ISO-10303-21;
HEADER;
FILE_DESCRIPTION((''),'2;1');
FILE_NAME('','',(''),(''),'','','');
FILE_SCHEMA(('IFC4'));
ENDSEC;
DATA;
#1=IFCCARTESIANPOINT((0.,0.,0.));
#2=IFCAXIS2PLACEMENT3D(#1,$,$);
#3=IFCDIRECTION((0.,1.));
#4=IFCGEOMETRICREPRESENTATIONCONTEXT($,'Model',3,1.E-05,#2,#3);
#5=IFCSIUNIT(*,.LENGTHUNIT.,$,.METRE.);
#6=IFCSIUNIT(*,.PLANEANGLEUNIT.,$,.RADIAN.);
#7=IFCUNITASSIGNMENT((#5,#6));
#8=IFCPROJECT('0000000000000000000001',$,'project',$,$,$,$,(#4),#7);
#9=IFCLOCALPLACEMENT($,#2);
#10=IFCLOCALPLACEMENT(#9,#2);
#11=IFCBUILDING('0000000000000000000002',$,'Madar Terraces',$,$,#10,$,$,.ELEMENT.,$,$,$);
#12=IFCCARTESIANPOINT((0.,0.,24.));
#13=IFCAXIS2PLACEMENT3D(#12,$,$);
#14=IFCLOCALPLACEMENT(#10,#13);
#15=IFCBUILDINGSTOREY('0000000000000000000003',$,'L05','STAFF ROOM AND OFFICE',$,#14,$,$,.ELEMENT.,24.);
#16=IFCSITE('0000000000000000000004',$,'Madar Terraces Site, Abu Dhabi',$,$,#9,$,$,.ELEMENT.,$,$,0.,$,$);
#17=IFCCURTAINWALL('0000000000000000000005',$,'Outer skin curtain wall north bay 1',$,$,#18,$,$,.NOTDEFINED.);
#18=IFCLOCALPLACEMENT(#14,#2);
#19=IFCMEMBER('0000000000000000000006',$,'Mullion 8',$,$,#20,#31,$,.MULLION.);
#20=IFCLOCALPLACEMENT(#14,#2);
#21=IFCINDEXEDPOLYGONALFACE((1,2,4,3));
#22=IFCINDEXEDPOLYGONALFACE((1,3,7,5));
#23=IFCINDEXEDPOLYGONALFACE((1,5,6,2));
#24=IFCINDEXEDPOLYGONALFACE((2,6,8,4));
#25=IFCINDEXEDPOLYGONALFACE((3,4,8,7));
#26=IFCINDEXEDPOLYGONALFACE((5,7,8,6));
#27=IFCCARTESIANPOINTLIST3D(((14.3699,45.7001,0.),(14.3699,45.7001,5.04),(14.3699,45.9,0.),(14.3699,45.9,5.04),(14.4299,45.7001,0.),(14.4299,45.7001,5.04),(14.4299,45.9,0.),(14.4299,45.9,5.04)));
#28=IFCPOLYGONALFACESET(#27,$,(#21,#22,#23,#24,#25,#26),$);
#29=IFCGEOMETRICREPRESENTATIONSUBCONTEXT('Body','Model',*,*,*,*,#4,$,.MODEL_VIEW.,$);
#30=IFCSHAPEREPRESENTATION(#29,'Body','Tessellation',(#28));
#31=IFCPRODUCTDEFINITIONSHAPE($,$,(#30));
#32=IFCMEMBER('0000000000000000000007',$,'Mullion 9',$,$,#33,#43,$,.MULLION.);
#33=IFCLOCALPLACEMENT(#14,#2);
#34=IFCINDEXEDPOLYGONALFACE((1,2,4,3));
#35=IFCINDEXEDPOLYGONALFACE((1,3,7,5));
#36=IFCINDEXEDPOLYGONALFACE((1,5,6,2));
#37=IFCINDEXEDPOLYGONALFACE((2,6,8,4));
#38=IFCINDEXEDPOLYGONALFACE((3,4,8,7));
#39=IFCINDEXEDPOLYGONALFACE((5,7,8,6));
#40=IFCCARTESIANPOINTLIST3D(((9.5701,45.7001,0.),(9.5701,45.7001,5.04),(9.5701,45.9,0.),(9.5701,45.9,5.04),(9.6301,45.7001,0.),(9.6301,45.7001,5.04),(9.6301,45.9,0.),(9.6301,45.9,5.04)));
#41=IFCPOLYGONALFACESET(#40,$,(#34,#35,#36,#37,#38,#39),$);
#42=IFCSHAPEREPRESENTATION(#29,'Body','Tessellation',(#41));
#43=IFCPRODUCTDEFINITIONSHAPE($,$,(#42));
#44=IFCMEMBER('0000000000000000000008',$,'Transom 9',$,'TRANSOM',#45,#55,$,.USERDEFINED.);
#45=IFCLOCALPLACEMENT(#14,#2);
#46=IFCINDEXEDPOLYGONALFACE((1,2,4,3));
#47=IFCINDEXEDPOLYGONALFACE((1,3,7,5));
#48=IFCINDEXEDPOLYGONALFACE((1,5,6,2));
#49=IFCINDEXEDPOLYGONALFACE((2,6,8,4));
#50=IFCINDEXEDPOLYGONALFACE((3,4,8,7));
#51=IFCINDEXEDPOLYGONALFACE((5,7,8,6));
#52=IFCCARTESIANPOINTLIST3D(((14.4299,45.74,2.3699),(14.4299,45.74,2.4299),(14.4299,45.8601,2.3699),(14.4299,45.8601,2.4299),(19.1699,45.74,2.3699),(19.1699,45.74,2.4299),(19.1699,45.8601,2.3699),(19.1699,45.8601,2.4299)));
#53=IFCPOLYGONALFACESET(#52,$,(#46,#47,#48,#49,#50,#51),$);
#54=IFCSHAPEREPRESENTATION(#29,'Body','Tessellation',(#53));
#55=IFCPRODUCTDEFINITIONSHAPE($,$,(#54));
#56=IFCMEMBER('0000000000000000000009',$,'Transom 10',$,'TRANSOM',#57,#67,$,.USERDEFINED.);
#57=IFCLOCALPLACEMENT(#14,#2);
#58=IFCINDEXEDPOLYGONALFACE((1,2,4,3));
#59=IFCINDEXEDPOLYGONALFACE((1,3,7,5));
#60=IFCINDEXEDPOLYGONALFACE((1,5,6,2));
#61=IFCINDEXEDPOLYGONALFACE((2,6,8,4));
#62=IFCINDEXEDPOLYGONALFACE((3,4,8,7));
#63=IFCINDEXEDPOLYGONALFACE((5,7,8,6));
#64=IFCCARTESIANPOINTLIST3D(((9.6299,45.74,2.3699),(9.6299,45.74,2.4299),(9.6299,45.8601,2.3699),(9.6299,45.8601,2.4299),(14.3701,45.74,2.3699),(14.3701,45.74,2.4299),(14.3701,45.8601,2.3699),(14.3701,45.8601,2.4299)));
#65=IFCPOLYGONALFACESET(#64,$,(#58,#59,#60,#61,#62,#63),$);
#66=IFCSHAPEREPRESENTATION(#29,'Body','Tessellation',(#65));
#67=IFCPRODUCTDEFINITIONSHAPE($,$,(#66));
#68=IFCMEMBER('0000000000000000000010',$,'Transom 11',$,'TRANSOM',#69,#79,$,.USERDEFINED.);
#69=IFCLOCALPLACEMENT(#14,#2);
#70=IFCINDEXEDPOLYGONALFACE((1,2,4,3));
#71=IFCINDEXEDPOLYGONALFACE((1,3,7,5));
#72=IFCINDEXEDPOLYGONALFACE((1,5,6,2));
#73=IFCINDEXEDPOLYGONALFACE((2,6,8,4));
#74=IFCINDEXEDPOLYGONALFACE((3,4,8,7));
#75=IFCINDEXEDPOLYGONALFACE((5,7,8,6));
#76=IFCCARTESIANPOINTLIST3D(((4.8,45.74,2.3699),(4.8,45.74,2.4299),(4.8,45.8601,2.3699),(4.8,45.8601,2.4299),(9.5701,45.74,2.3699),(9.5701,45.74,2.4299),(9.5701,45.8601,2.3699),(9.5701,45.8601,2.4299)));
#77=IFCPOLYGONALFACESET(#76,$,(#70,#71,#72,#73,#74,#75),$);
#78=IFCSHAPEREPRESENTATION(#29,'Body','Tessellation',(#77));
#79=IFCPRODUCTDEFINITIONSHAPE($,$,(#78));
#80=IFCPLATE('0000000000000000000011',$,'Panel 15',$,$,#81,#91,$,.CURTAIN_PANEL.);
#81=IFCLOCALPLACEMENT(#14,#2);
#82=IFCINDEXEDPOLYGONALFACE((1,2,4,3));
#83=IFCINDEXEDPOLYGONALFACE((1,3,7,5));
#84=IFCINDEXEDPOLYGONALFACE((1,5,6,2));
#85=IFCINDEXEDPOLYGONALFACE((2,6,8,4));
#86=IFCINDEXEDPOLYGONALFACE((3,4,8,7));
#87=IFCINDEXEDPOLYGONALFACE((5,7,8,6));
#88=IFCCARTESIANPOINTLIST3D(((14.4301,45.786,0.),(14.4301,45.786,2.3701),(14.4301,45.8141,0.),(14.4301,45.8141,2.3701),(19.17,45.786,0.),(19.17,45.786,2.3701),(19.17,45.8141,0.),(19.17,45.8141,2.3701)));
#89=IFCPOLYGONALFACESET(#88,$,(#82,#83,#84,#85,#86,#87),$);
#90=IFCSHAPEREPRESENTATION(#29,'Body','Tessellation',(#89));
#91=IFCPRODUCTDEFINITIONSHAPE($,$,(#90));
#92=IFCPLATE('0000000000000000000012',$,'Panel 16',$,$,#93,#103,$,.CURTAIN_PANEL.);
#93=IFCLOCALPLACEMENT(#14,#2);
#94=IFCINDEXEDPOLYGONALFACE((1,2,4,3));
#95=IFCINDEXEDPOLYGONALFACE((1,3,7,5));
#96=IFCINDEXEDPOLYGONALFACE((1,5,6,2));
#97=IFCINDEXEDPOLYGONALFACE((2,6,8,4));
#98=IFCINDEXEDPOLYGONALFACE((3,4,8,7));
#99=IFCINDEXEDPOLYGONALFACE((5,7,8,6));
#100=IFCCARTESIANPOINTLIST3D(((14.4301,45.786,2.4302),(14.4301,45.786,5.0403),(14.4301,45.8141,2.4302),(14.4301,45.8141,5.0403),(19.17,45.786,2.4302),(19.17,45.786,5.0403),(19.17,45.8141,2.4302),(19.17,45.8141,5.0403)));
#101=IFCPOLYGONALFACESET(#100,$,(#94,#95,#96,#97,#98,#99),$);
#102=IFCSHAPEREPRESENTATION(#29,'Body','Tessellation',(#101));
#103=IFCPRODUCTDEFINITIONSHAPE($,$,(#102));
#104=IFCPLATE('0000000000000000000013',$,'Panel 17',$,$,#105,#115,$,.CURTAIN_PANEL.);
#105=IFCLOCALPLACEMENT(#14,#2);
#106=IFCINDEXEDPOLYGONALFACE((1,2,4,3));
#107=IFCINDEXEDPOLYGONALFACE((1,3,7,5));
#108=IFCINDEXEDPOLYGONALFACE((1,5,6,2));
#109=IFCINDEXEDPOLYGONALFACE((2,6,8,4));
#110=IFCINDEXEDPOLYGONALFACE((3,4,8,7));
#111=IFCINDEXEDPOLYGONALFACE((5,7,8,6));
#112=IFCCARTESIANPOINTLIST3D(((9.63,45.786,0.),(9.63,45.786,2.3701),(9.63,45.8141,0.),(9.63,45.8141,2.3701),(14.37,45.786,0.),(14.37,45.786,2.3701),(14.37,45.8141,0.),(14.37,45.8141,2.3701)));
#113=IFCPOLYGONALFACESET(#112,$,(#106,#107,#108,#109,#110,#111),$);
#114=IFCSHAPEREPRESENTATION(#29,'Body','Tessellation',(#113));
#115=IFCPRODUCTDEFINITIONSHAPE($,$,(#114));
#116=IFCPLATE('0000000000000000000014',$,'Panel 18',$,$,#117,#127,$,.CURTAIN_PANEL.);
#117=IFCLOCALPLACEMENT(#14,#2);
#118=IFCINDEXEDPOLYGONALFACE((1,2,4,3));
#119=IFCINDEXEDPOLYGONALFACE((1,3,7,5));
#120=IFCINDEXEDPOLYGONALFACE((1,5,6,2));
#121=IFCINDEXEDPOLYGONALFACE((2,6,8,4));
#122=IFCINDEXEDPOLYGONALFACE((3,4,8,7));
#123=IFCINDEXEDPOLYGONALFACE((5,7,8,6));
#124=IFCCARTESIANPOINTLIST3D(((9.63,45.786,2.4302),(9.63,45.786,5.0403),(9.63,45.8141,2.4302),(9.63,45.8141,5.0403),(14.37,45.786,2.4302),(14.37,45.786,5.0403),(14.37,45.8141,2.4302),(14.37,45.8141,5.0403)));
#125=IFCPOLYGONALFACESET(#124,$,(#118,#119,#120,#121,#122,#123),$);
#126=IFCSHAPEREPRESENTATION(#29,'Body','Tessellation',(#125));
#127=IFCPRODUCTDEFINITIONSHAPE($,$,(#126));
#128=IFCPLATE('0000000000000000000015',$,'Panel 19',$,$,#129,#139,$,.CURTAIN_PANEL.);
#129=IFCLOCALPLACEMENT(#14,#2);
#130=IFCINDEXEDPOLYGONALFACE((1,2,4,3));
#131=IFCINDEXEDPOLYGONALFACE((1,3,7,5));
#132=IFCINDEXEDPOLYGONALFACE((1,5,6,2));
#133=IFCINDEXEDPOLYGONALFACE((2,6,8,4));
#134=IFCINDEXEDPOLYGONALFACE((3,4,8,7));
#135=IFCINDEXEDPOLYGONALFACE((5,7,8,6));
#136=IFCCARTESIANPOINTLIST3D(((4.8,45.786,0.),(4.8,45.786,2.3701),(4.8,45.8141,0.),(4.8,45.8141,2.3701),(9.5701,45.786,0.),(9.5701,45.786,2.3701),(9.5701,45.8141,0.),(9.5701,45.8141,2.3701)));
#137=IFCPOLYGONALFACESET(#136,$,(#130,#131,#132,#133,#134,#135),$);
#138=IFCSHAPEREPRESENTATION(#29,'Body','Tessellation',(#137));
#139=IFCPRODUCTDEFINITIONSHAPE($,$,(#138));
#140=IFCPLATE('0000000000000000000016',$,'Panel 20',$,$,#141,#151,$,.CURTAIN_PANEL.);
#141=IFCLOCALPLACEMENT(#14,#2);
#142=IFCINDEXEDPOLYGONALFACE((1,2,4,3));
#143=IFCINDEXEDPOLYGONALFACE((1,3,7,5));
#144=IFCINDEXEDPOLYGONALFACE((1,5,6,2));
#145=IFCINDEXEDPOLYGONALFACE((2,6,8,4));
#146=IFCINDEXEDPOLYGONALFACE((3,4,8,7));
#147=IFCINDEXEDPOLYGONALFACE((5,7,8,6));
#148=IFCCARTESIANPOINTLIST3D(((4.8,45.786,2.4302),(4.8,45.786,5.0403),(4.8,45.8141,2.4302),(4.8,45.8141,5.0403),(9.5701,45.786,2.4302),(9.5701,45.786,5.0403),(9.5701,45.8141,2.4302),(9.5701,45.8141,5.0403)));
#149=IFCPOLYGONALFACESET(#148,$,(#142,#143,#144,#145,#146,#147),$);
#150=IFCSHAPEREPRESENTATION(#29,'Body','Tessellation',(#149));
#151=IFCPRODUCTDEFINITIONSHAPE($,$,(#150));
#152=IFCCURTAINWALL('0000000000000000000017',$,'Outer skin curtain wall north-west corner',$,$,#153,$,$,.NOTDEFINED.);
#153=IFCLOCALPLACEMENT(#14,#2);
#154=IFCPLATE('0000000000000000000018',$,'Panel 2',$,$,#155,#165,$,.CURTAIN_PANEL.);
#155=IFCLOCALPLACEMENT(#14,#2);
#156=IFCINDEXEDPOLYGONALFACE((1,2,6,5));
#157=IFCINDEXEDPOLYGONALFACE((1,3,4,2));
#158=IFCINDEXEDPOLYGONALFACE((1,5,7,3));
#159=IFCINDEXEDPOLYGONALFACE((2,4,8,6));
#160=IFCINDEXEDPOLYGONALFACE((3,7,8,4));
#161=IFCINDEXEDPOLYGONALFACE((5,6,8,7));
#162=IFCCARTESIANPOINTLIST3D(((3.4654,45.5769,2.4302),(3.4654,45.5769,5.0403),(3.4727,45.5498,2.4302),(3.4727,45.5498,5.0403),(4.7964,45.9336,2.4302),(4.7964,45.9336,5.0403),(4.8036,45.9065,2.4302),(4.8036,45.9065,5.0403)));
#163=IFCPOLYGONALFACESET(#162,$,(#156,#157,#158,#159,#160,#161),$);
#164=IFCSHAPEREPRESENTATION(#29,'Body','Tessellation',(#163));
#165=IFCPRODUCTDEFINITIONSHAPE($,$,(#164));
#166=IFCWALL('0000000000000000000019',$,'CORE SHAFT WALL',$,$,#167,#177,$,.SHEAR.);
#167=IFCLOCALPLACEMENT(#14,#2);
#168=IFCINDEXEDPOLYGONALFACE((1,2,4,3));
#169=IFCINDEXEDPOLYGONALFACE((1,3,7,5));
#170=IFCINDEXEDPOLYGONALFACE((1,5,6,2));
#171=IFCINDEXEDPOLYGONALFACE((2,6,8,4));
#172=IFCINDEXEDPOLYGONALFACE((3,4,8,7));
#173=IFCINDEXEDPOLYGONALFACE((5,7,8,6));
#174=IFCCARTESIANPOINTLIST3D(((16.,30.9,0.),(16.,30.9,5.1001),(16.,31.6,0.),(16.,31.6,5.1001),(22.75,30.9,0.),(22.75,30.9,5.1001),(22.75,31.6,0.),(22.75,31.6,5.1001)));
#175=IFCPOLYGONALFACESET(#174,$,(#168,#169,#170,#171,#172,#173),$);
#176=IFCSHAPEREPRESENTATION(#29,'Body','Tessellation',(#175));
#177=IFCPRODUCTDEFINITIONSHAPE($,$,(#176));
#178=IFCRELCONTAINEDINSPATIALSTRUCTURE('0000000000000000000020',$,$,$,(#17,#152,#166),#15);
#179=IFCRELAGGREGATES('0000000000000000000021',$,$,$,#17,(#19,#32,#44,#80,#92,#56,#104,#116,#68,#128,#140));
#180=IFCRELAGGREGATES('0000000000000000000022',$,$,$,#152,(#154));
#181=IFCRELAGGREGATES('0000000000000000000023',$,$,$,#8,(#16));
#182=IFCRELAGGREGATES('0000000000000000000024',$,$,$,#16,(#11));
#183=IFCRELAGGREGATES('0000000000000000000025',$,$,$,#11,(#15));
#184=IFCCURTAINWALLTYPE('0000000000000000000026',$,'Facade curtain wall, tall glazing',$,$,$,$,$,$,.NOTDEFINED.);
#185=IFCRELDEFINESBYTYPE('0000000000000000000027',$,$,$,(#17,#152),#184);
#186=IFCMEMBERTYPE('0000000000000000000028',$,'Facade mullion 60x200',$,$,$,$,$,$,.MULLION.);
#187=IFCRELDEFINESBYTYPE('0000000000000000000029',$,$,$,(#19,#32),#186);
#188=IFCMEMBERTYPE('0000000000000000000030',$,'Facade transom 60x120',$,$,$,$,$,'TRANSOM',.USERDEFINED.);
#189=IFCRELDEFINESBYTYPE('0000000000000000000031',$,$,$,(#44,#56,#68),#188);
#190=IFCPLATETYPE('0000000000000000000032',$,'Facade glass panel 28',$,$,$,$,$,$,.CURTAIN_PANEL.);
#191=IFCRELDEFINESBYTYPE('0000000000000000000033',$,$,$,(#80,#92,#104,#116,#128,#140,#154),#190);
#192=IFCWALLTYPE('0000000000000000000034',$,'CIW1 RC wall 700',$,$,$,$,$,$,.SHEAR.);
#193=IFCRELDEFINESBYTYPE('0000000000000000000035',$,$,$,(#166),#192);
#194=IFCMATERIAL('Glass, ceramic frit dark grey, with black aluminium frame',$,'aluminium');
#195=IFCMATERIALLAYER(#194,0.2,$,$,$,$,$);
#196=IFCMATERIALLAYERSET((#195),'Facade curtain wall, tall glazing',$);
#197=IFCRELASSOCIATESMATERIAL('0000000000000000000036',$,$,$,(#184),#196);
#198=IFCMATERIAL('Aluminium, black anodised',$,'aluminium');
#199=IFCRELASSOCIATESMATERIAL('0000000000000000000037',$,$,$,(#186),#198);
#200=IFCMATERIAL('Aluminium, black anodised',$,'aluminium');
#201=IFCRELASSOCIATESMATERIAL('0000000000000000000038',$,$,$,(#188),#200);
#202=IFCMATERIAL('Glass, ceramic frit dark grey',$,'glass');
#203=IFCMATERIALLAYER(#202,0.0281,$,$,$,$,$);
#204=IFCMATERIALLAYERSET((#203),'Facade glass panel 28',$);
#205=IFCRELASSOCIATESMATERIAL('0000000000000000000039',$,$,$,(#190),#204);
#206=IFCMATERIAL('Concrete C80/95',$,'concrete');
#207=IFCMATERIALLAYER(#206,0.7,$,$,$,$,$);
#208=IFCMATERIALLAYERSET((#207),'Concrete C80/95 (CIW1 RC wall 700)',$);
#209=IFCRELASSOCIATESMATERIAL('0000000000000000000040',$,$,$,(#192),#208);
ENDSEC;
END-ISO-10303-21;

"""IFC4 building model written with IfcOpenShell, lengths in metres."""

from ifc_helpers import new_model, si_unit, direction, frame, frame_2d, origin, origin_2d, place, context, subcontext, project, spatial, rectangle, extrude, material, layer, layer_set, material_profile, profile_set, type_object, element, aggregate, save


model = new_model("IFC4")

# Units and contexts
model_context = context("Model", 3, precision=1e-05, world=origin(), true_north=direction((0.0, 1.0)))
body_context = subcontext(model_context, "Body", "Model", "MODEL_VIEW")
ifc_project = project(units=[si_unit("LENGTHUNIT", "METRE"), si_unit("PLANEANGLEUNIT", "RADIAN")], contexts=[model_context])

# Site, building, storey
site_placement = place(None, origin())
site = spatial("IfcSite", under=ifc_project, at=site_placement, Name="Madar Terraces Site, Abu Dhabi", CompositionType="ELEMENT", RefElevation=0.0)
building_placement = place(site_placement, origin())
building = spatial("IfcBuilding", under=site, at=building_placement, Name="Madar Terraces", CompositionType="ELEMENT")
storey_placement = place(building_placement, frame((0.0, 0.0, 24.0)))
storey = spatial("IfcBuildingStorey", under=building, at=storey_placement, Name="L05", Description="STAFF ROOM AND OFFICE", CompositionType="ELEMENT", Elevation=24.0)

# Curtain wall, members, plates
ifc_material_1 = material(Name="Glass, ceramic frit dark grey, with black aluminium frame", Category="aluminium")
ifc_layer_1 = layer(ifc_material_1, 0.2)
ifc_layer_set_1 = layer_set([ifc_layer_1], Name="Facade curtain wall, tall glazing")
curtain_wall_type = type_object("IfcCurtainWallType", Name="Facade curtain wall, tall glazing", PredefinedType="NOTDEFINED", material=ifc_layer_set_1)
curtain_wall_1_placement = place(storey_placement, origin())
curtain_wall_1 = element("IfcCurtainWall", 1, at=curtain_wall_1_placement, inside=storey, type_object=curtain_wall_type, Name="Outer skin curtain wall north bay 1", PredefinedType="NOTDEFINED")
ifc_material_2 = material(Name="Aluminium, black anodised", Category="aluminium")
ifc_material_profile_1 = material_profile(ifc_material_2, rectangle(XDim=0.2, YDim=0.0601, at=origin_2d()), Name="Facade mullion 60x200")
ifc_profile_set_1 = profile_set([ifc_material_profile_1], Name="Aluminium, black anodised")
member_type_1 = type_object("IfcMemberType", Name="Facade mullion 60x200", PredefinedType="MULLION", material=ifc_profile_set_1)
member_1_placement = place(storey_placement, frame((14.3999, 45.8, 0.0), z_axis=(0.0, 0.0, 1.0), x_axis=(0.0, -1.0, 0.0)))
member_1 = element("IfcMember", 2, at=member_1_placement, type_object=member_type_1, Name="Mullion 8", PredefinedType="MULLION", context=body_context, shape_type="SweptSolid", body=[
    extrude(rectangle(XDim=0.2, YDim=0.0601, at=origin_2d()), origin(), (0.0, 0.0, 1.0), 5.04),
])
member_2_placement = place(storey_placement, frame((9.6001, 45.8, 0.0), z_axis=(0.0, 0.0, 1.0), x_axis=(0.0, -1.0, 0.0)))
member_2 = element("IfcMember", 3, at=member_2_placement, type_object=member_type_1, Name="Mullion 9", PredefinedType="MULLION", context=body_context, shape_type="SweptSolid", body=[
    extrude(rectangle(XDim=0.2, YDim=0.0601, at=origin_2d()), origin(), (0.0, 0.0, 1.0), 5.04),
])
ifc_material_3 = material(Name="Aluminium, black anodised", Category="aluminium")
ifc_material_profile_2 = material_profile(ifc_material_3, rectangle(XDim=0.1201, YDim=0.0601, at=origin_2d()), Name="Facade transom 60x120")
ifc_profile_set_2 = profile_set([ifc_material_profile_2], Name="Aluminium, black anodised")
member_type_2 = type_object("IfcMemberType", Name="Facade transom 60x120", ElementType="TRANSOM", PredefinedType="USERDEFINED", material=ifc_profile_set_2)
member_3_placement = place(storey_placement, frame((19.1699, 45.8, 2.3999), z_axis=(-1.0, 0.0, 0.0), x_axis=(0.0, -1.0, 0.0)))
member_3 = element("IfcMember", 4, at=member_3_placement, type_object=member_type_2, Name="Transom 9", ObjectType="TRANSOM", PredefinedType="USERDEFINED", context=body_context, shape_type="SweptSolid", body=[
    extrude(rectangle(XDim=0.1201, YDim=0.0601, at=origin_2d()), origin(), (0.0, 0.0, 1.0), 4.74),
])
member_4_placement = place(storey_placement, frame((14.3701, 45.8, 2.3999), z_axis=(-1.0, 0.0, 0.0), x_axis=(0.0, -1.0, 0.0)))
member_4 = element("IfcMember", 5, at=member_4_placement, type_object=member_type_2, Name="Transom 10", ObjectType="TRANSOM", PredefinedType="USERDEFINED", context=body_context, shape_type="SweptSolid", body=[
    extrude(rectangle(XDim=0.1201, YDim=0.0601, at=origin_2d()), origin(), (0.0, 0.0, 1.0), 4.7402),
])
member_5_placement = place(storey_placement, frame((9.5701, 45.8, 2.3999), z_axis=(-1.0, 0.0, 0.0), x_axis=(0.0, -1.0, 0.0)))
member_5 = element("IfcMember", 6, at=member_5_placement, type_object=member_type_2, Name="Transom 11", ObjectType="TRANSOM", PredefinedType="USERDEFINED", context=body_context, shape_type="SweptSolid", body=[
    extrude(rectangle(XDim=0.1201, YDim=0.0601, at=origin_2d()), origin(), (0.0, 0.0, 1.0), 4.77),
])
ifc_material_4 = material(Name="Glass, ceramic frit dark grey", Category="glass")
ifc_layer_2 = layer(ifc_material_4, 0.0281)
ifc_layer_set_2 = layer_set([ifc_layer_2], Name="Facade glass panel 28")
plate_type = type_object("IfcPlateType", Name="Facade glass panel 28", PredefinedType="CURTAIN_PANEL", material=ifc_layer_set_2)
plate_1_placement = place(storey_placement, frame((16.8, 45.8, 0.0), z_axis=(0.0, 0.0, 1.0), x_axis=(-1.0, 0.0, 0.0)))
plate_1 = element("IfcPlate", 7, at=plate_1_placement, type_object=plate_type, Name="Panel 15", PredefinedType="CURTAIN_PANEL", context=body_context, shape_type="SweptSolid", body=[
    extrude(rectangle(XDim=4.74, YDim=0.0281, at=origin_2d()), origin(), (0.0, 0.0, 1.0), 2.3701),
])
plate_2_placement = place(storey_placement, frame((16.8, 45.8, 2.4302), z_axis=(0.0, 0.0, 1.0), x_axis=(-1.0, 0.0, 0.0)))
plate_2 = element("IfcPlate", 8, at=plate_2_placement, type_object=plate_type, Name="Panel 16", PredefinedType="CURTAIN_PANEL", context=body_context, shape_type="SweptSolid", body=[
    extrude(rectangle(XDim=4.74, YDim=0.0281, at=origin_2d()), origin(), (0.0, 0.0, 1.0), 2.6101),
])
plate_3_placement = place(storey_placement, frame((12.0, 45.8, 0.0), z_axis=(0.0, 0.0, 1.0), x_axis=(-1.0, 0.0, 0.0)))
plate_3 = element("IfcPlate", 9, at=plate_3_placement, type_object=plate_type, Name="Panel 17", PredefinedType="CURTAIN_PANEL", context=body_context, shape_type="SweptSolid", body=[
    extrude(rectangle(XDim=4.74, YDim=0.0281, at=origin_2d()), origin(), (0.0, 0.0, 1.0), 2.3701),
])
plate_4_placement = place(storey_placement, frame((12.0, 45.8, 2.4302), z_axis=(0.0, 0.0, 1.0), x_axis=(-1.0, 0.0, 0.0)))
plate_4 = element("IfcPlate", 10, at=plate_4_placement, type_object=plate_type, Name="Panel 18", PredefinedType="CURTAIN_PANEL", context=body_context, shape_type="SweptSolid", body=[
    extrude(rectangle(XDim=4.74, YDim=0.0281, at=origin_2d()), origin(), (0.0, 0.0, 1.0), 2.6101),
])
plate_5_placement = place(storey_placement, frame((7.1851, 45.8, 0.0), z_axis=(0.0, 0.0, 1.0), x_axis=(-1.0, 0.0, 0.0)))
plate_5 = element("IfcPlate", 11, at=plate_5_placement, type_object=plate_type, Name="Panel 19", PredefinedType="CURTAIN_PANEL", context=body_context, shape_type="SweptSolid", body=[
    extrude(rectangle(XDim=4.77, YDim=0.0281, at=origin_2d()), origin(), (0.0, 0.0, 1.0), 2.3701),
])
plate_6_placement = place(storey_placement, frame((7.1851, 45.8, 2.4302), z_axis=(0.0, 0.0, 1.0), x_axis=(-1.0, 0.0, 0.0)))
plate_6 = element("IfcPlate", 12, at=plate_6_placement, type_object=plate_type, Name="Panel 20", PredefinedType="CURTAIN_PANEL", context=body_context, shape_type="SweptSolid", body=[
    extrude(rectangle(XDim=4.77, YDim=0.0281, at=origin_2d()), origin(), (0.0, 0.0, 1.0), 2.6101),
])
aggregate(curtain_wall_1, [member_1, member_2, member_3, plate_1, plate_2, member_4, plate_3, plate_4, member_5, plate_5, plate_6])

# Curtain wall, plate
curtain_wall_2_placement = place(storey_placement, origin())
curtain_wall_2 = element("IfcCurtainWall", 13, at=curtain_wall_2_placement, inside=storey, type_object=curtain_wall_type, Name="Outer skin curtain wall north-west corner", PredefinedType="NOTDEFINED")
plate_7_placement = place(storey_placement, frame((4.1345, 45.7417, 2.4302), z_axis=(0.0, 0.0, 1.0), x_axis=(-0.965926, -0.258819, 0.0)))
plate_7 = element("IfcPlate", 14, at=plate_7_placement, type_object=plate_type, Name="Panel 2", PredefinedType="CURTAIN_PANEL", context=body_context, shape_type="SweptSolid", body=[
    extrude(rectangle(XDim=1.3779, YDim=0.0281, at=origin_2d()), origin(), (0.0, 0.0, 1.0), 2.6101),
])
aggregate(curtain_wall_2, [plate_7])

# Wall
ifc_material_5 = material(Name="Concrete C80/95", Category="concrete")
ifc_layer_3 = layer(ifc_material_5, 0.7)
ifc_layer_set_3 = layer_set([ifc_layer_3], Name="Concrete C80/95 (CIW1 RC wall 700)")
wall_type_1 = type_object("IfcWallType", Name="CIW1 RC wall 700", PredefinedType="SHEAR", material=ifc_layer_set_3)
wall_1_placement = place(storey_placement, frame((16.0, 31.25, 0.0), z_axis=(0.0, 0.0, 1.0), x_axis=(1.0, 0.0, 0.0)))
element("IfcWall", 15, at=wall_1_placement, inside=storey, type_object=wall_type_1, Name="CORE SHAFT WALL", PredefinedType="SHEAR", context=body_context, shape_type="SweptSolid", body=[
    extrude(rectangle(XDim=6.75, YDim=0.7, at=frame_2d((3.375, 0.0))), origin(), (0.0, 0.0, 1.0), 5.1001),
])

save(model, "model.ifc")
